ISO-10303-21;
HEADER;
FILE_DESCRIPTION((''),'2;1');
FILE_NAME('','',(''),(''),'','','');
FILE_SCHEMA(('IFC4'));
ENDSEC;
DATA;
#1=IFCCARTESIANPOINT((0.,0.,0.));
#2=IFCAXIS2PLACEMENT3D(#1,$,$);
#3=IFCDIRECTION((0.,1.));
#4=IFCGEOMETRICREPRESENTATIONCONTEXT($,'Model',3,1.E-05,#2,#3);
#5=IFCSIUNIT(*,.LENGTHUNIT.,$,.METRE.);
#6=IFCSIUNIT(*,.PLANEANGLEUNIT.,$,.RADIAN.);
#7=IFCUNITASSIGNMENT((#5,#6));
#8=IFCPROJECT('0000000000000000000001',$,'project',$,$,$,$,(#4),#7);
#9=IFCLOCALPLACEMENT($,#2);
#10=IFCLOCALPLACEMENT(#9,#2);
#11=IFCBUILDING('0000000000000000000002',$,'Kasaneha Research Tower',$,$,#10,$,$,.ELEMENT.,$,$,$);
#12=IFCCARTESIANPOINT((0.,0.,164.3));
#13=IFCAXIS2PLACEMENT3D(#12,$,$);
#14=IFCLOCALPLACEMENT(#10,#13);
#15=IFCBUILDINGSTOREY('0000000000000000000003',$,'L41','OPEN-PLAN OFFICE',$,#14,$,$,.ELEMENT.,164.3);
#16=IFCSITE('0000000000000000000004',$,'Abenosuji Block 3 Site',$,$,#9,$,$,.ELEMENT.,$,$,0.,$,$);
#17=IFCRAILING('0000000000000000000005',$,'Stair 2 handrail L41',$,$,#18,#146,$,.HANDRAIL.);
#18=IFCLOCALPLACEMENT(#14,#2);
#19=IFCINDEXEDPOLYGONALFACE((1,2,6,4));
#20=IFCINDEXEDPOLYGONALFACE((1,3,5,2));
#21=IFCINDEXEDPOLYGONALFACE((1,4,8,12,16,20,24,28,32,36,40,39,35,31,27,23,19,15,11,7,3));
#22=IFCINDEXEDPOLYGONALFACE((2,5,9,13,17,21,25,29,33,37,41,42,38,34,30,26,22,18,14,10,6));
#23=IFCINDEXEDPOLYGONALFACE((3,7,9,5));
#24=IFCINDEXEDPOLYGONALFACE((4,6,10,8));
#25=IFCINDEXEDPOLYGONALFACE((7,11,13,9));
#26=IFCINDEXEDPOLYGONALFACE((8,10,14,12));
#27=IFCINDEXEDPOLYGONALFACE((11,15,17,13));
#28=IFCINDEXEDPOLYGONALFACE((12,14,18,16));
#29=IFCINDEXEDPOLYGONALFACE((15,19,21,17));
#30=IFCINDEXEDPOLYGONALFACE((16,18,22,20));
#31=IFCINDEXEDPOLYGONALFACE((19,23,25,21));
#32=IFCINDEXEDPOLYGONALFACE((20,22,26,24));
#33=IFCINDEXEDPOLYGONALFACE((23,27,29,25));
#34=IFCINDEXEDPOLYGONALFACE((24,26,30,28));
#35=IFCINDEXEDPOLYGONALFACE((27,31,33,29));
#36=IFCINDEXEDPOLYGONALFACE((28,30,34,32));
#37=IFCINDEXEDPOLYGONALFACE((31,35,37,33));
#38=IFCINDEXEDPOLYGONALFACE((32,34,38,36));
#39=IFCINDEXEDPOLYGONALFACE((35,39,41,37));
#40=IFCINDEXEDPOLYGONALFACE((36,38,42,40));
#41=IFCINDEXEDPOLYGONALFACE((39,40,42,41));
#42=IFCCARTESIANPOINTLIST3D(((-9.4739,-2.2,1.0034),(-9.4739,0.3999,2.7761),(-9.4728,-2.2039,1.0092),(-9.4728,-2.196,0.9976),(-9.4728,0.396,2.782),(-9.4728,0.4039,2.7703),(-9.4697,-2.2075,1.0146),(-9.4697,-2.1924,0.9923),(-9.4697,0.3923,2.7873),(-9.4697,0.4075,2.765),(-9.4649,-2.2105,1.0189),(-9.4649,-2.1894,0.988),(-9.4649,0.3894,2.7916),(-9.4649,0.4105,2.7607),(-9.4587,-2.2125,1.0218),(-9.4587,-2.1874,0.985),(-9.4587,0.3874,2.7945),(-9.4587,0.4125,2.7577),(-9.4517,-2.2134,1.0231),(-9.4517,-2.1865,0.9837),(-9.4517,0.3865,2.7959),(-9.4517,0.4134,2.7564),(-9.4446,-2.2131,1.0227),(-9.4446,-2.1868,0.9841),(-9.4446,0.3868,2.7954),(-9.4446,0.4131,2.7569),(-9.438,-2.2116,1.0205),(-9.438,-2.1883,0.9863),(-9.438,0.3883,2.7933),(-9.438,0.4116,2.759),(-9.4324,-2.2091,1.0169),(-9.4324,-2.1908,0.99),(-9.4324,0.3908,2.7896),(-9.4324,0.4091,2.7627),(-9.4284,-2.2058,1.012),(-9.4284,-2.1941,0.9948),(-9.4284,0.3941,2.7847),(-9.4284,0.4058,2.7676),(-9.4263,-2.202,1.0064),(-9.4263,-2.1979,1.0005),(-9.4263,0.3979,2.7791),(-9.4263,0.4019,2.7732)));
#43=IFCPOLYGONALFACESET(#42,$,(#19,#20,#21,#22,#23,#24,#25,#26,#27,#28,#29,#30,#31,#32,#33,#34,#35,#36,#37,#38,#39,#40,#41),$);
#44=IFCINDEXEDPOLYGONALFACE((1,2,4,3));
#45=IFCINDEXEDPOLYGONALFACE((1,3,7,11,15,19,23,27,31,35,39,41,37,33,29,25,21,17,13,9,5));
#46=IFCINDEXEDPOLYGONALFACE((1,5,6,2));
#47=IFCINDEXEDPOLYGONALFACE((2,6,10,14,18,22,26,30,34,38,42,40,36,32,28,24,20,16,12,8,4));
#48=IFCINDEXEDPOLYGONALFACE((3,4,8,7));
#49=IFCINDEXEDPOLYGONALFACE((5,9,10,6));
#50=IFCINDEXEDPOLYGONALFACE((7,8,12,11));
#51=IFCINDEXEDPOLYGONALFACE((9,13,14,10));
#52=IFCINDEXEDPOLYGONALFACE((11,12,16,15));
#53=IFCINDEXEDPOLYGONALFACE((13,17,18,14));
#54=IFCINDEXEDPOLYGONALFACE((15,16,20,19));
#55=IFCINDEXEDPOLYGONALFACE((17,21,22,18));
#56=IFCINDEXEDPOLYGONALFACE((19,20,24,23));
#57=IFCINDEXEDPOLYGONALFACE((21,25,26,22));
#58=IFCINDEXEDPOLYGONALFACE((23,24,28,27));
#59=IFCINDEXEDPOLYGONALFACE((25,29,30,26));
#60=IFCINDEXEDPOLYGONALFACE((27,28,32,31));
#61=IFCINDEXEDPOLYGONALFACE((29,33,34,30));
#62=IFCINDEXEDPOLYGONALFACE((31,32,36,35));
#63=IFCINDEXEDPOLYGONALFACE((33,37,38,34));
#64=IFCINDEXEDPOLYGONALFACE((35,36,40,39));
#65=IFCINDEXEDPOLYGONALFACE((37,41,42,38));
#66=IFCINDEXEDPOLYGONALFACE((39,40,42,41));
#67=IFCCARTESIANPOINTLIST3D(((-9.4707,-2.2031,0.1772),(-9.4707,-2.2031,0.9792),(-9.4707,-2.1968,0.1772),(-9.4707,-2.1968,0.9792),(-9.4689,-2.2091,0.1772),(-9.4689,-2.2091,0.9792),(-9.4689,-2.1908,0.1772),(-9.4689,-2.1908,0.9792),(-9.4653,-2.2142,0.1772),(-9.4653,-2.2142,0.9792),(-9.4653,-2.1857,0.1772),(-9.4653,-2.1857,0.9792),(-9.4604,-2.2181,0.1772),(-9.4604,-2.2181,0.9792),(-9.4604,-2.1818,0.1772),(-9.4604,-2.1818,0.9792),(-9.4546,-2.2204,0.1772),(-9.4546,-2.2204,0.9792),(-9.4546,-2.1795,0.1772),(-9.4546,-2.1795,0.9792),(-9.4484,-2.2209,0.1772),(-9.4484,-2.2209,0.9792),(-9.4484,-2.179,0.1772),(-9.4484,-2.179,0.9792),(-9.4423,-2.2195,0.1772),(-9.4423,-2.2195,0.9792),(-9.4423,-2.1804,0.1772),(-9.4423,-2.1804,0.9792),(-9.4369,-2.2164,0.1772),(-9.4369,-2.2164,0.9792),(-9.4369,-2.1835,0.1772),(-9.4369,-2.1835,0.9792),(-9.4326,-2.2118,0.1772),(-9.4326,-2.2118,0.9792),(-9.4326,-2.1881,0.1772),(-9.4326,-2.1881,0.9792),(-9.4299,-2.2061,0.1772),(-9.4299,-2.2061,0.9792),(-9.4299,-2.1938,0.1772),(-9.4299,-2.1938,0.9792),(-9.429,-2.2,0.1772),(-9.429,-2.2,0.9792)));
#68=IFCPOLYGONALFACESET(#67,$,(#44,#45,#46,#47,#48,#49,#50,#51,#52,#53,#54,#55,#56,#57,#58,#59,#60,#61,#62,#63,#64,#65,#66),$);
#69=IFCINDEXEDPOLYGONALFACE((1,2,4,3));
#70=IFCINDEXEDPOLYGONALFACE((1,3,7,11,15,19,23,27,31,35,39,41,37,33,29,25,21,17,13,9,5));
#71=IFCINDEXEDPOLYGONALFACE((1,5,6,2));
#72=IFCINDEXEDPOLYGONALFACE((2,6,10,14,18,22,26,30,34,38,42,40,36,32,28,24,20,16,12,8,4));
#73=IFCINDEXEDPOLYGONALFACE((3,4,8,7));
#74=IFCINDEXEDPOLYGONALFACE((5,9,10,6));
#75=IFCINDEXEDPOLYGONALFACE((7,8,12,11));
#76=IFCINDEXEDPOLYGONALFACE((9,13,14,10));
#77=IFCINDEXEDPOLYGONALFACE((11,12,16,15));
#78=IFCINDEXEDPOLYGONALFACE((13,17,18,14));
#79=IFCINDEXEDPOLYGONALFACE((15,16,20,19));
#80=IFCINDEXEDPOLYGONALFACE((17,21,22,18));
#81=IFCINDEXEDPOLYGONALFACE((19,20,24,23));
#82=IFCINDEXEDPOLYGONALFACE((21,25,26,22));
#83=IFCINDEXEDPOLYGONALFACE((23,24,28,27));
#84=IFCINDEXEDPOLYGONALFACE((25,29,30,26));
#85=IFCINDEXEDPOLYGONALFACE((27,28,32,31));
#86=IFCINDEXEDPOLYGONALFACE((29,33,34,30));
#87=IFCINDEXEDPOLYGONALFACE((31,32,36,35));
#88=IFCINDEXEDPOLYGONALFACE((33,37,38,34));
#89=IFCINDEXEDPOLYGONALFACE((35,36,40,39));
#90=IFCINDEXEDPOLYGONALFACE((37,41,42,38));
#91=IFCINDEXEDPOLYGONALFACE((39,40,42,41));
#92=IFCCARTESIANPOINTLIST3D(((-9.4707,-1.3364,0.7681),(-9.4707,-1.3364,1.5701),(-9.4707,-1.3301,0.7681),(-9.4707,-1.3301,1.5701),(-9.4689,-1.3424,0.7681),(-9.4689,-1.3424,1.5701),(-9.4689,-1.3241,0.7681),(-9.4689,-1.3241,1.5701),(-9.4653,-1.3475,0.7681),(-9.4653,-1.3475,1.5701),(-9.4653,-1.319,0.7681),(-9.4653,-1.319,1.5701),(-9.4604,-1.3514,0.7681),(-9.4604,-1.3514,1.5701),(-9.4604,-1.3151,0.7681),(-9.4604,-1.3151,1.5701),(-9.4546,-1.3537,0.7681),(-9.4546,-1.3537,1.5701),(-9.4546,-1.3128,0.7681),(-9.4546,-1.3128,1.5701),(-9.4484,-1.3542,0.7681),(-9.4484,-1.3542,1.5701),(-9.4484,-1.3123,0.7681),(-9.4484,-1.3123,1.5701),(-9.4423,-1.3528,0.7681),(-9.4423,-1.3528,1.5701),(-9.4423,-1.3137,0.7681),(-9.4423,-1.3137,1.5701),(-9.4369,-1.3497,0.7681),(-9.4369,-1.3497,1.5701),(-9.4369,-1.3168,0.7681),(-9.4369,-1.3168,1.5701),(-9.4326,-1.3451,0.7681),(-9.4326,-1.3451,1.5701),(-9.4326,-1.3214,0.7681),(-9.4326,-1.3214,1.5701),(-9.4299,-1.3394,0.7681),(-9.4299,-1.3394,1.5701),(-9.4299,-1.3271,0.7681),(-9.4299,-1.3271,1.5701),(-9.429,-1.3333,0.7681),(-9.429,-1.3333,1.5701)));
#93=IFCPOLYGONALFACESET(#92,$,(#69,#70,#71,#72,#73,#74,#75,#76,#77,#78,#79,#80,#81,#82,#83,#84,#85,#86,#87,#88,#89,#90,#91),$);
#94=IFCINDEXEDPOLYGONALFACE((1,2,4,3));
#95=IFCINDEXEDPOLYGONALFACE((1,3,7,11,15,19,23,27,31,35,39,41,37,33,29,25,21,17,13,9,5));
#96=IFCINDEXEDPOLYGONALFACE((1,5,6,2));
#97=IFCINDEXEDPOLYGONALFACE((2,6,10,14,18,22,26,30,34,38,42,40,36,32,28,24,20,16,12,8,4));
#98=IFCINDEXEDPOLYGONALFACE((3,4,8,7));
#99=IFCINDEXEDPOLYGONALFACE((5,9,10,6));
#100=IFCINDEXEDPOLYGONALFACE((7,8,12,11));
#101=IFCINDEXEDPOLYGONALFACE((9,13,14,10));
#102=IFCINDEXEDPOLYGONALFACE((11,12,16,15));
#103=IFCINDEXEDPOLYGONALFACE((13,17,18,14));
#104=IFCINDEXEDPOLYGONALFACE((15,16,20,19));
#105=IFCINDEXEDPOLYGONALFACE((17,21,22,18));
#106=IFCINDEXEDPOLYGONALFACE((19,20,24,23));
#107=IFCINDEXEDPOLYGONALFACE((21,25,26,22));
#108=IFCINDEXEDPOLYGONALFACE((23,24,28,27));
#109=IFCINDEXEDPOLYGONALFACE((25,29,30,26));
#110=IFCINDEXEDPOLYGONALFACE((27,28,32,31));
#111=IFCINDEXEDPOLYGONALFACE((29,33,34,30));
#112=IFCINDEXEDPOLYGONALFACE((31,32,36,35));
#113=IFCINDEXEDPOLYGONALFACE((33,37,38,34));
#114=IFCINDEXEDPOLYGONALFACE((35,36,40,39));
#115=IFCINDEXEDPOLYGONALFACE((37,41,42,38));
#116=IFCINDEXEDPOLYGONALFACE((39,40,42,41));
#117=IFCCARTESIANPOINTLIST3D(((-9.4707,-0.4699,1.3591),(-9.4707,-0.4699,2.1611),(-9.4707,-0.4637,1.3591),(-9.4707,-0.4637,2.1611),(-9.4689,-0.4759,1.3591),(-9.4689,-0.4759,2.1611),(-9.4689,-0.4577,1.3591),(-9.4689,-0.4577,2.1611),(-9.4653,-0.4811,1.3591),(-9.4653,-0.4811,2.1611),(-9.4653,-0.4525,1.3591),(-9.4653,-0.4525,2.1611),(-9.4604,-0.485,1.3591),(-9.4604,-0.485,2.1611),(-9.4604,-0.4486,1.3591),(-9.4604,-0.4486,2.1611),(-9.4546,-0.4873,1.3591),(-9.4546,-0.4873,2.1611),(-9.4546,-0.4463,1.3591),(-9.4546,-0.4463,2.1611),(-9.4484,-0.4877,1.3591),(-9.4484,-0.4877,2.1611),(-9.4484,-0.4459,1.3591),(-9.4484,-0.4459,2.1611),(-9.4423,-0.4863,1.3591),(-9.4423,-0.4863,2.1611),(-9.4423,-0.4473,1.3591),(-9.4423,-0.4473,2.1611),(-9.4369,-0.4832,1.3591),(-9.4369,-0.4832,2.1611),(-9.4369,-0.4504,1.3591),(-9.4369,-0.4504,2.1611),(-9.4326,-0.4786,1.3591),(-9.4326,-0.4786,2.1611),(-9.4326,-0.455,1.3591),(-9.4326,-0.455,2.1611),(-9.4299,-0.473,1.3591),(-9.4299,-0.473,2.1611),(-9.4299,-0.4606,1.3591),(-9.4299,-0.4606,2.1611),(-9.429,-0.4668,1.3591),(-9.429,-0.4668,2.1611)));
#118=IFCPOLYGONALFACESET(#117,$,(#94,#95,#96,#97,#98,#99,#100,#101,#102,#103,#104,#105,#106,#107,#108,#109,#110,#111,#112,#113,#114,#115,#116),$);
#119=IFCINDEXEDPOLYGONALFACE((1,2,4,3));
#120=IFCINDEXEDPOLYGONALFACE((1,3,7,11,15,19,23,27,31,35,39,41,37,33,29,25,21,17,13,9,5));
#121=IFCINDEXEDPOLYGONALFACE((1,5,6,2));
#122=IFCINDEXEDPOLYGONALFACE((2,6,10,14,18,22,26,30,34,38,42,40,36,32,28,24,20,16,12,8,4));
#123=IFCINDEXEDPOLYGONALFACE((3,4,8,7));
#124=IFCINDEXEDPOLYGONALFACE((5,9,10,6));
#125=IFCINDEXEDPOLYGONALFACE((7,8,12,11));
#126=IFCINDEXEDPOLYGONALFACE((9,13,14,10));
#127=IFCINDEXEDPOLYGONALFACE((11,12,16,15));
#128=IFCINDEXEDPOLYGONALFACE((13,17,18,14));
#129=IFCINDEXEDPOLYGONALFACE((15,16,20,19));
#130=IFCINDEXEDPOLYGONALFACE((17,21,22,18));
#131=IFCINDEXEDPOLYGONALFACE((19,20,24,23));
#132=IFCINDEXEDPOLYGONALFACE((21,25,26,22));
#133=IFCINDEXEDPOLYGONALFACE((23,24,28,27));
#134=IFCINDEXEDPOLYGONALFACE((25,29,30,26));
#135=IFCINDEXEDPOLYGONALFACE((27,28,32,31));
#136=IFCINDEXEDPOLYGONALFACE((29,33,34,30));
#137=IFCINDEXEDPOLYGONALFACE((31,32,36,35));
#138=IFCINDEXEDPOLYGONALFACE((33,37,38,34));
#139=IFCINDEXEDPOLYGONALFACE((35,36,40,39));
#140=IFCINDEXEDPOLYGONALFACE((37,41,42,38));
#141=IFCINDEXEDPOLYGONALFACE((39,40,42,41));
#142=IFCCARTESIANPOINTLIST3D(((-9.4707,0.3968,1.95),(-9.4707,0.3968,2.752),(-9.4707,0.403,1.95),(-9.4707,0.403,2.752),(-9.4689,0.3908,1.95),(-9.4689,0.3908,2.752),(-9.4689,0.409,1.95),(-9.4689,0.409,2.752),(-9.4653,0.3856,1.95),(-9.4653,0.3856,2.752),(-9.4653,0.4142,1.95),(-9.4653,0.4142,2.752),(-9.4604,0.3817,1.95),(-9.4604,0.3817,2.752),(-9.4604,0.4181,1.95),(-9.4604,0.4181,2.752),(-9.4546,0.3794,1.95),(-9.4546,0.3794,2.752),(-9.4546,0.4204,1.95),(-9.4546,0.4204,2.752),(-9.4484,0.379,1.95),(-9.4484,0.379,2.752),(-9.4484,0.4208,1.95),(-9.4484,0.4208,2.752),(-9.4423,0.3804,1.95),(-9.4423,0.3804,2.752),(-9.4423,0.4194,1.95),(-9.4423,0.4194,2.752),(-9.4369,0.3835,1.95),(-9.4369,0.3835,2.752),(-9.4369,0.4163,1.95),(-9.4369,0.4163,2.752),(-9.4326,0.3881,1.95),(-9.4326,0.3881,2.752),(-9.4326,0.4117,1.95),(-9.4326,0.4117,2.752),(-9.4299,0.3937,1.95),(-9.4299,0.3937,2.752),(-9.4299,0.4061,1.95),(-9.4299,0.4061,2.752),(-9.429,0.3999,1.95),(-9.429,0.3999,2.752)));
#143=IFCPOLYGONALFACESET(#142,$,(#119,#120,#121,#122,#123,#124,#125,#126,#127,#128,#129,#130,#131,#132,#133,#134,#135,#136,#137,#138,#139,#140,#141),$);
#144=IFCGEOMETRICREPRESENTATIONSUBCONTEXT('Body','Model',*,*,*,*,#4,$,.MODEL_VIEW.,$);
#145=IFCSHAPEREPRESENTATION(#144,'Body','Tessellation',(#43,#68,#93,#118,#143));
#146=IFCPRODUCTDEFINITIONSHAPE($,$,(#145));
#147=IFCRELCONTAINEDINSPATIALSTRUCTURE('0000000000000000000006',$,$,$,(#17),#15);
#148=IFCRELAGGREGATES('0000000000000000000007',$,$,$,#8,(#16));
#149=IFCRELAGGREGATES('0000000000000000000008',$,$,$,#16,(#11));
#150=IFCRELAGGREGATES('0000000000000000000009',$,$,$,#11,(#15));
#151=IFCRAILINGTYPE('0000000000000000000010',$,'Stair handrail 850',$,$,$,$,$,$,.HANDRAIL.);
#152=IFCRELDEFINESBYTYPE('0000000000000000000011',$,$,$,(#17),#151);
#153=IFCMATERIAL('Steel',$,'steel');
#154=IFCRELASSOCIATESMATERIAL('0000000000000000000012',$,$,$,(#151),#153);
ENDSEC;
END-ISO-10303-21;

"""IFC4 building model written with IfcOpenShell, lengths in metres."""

from ifc_helpers import new_model, si_unit, direction, frame, origin, origin_2d, place, context, subcontext, project, spatial, circle, extrude, material, type_object, element, save


model = new_model("IFC4")

# Units and contexts
model_context = context("Model", 3, precision=1e-05, world=origin(), true_north=direction((0.0, 1.0)))
body_context = subcontext(model_context, "Body", "Model", "MODEL_VIEW")
ifc_project = project(units=[si_unit("LENGTHUNIT", "METRE"), si_unit("PLANEANGLEUNIT", "RADIAN")], contexts=[model_context])

# Site, building, storey
site_placement = place(None, origin())
site = spatial("IfcSite", under=ifc_project, at=site_placement, Name="Abenosuji Block 3 Site", CompositionType="ELEMENT", RefElevation=0.0)
building_placement = place(site_placement, origin())
building = spatial("IfcBuilding", under=site, at=building_placement, Name="Kasaneha Research Tower", CompositionType="ELEMENT")
storey_placement = place(building_placement, frame((0.0, 0.0, 164.3)))
storey = spatial("IfcBuildingStorey", under=building, at=storey_placement, Name="L41", Description="OPEN-PLAN OFFICE", CompositionType="ELEMENT", Elevation=164.3)

# Railing
ifc_material_1 = material(Name="Steel", Category="steel")
railing_type_1 = type_object("IfcRailingType", Name="Stair handrail 850", PredefinedType="HANDRAIL", material=ifc_material_1)
railing_1_placement = place(storey_placement, frame((-9.45, -2.2, 0.1772)))
element("IfcRailing", 1, at=railing_1_placement, inside=storey, type_object=railing_type_1, Name="Stair 2 handrail L41", PredefinedType="HANDRAIL", context=body_context, shape_type="SweptSolid", body=[
    extrude(circle(Radius=0.0239, at=origin_2d()), frame((0.0, 0.0, 0.8262), z_axis=(0.0, 0.826216, 0.563354), x_axis=(-1.0, 0.0, 0.0)), (0.0, 0.0, 1.0), 3.1467),
    extrude(circle(Radius=0.021, at=origin_2d()), origin(), (0.0, 0.0, 1.0), 0.802),
    extrude(circle(Radius=0.021, at=origin_2d()), frame((0.0, 0.8667, 0.5908)), (0.0, 0.0, 1.0), 0.802),
    extrude(circle(Radius=0.021, at=origin_2d()), frame((0.0, 1.7332, 1.1819)), (0.0, 0.0, 1.0), 0.802),
    extrude(circle(Radius=0.021, at=origin_2d()), frame((0.0, 2.5999, 1.7727)), (0.0, 0.0, 1.0), 0.802),
])

save(model, "model.ifc")
